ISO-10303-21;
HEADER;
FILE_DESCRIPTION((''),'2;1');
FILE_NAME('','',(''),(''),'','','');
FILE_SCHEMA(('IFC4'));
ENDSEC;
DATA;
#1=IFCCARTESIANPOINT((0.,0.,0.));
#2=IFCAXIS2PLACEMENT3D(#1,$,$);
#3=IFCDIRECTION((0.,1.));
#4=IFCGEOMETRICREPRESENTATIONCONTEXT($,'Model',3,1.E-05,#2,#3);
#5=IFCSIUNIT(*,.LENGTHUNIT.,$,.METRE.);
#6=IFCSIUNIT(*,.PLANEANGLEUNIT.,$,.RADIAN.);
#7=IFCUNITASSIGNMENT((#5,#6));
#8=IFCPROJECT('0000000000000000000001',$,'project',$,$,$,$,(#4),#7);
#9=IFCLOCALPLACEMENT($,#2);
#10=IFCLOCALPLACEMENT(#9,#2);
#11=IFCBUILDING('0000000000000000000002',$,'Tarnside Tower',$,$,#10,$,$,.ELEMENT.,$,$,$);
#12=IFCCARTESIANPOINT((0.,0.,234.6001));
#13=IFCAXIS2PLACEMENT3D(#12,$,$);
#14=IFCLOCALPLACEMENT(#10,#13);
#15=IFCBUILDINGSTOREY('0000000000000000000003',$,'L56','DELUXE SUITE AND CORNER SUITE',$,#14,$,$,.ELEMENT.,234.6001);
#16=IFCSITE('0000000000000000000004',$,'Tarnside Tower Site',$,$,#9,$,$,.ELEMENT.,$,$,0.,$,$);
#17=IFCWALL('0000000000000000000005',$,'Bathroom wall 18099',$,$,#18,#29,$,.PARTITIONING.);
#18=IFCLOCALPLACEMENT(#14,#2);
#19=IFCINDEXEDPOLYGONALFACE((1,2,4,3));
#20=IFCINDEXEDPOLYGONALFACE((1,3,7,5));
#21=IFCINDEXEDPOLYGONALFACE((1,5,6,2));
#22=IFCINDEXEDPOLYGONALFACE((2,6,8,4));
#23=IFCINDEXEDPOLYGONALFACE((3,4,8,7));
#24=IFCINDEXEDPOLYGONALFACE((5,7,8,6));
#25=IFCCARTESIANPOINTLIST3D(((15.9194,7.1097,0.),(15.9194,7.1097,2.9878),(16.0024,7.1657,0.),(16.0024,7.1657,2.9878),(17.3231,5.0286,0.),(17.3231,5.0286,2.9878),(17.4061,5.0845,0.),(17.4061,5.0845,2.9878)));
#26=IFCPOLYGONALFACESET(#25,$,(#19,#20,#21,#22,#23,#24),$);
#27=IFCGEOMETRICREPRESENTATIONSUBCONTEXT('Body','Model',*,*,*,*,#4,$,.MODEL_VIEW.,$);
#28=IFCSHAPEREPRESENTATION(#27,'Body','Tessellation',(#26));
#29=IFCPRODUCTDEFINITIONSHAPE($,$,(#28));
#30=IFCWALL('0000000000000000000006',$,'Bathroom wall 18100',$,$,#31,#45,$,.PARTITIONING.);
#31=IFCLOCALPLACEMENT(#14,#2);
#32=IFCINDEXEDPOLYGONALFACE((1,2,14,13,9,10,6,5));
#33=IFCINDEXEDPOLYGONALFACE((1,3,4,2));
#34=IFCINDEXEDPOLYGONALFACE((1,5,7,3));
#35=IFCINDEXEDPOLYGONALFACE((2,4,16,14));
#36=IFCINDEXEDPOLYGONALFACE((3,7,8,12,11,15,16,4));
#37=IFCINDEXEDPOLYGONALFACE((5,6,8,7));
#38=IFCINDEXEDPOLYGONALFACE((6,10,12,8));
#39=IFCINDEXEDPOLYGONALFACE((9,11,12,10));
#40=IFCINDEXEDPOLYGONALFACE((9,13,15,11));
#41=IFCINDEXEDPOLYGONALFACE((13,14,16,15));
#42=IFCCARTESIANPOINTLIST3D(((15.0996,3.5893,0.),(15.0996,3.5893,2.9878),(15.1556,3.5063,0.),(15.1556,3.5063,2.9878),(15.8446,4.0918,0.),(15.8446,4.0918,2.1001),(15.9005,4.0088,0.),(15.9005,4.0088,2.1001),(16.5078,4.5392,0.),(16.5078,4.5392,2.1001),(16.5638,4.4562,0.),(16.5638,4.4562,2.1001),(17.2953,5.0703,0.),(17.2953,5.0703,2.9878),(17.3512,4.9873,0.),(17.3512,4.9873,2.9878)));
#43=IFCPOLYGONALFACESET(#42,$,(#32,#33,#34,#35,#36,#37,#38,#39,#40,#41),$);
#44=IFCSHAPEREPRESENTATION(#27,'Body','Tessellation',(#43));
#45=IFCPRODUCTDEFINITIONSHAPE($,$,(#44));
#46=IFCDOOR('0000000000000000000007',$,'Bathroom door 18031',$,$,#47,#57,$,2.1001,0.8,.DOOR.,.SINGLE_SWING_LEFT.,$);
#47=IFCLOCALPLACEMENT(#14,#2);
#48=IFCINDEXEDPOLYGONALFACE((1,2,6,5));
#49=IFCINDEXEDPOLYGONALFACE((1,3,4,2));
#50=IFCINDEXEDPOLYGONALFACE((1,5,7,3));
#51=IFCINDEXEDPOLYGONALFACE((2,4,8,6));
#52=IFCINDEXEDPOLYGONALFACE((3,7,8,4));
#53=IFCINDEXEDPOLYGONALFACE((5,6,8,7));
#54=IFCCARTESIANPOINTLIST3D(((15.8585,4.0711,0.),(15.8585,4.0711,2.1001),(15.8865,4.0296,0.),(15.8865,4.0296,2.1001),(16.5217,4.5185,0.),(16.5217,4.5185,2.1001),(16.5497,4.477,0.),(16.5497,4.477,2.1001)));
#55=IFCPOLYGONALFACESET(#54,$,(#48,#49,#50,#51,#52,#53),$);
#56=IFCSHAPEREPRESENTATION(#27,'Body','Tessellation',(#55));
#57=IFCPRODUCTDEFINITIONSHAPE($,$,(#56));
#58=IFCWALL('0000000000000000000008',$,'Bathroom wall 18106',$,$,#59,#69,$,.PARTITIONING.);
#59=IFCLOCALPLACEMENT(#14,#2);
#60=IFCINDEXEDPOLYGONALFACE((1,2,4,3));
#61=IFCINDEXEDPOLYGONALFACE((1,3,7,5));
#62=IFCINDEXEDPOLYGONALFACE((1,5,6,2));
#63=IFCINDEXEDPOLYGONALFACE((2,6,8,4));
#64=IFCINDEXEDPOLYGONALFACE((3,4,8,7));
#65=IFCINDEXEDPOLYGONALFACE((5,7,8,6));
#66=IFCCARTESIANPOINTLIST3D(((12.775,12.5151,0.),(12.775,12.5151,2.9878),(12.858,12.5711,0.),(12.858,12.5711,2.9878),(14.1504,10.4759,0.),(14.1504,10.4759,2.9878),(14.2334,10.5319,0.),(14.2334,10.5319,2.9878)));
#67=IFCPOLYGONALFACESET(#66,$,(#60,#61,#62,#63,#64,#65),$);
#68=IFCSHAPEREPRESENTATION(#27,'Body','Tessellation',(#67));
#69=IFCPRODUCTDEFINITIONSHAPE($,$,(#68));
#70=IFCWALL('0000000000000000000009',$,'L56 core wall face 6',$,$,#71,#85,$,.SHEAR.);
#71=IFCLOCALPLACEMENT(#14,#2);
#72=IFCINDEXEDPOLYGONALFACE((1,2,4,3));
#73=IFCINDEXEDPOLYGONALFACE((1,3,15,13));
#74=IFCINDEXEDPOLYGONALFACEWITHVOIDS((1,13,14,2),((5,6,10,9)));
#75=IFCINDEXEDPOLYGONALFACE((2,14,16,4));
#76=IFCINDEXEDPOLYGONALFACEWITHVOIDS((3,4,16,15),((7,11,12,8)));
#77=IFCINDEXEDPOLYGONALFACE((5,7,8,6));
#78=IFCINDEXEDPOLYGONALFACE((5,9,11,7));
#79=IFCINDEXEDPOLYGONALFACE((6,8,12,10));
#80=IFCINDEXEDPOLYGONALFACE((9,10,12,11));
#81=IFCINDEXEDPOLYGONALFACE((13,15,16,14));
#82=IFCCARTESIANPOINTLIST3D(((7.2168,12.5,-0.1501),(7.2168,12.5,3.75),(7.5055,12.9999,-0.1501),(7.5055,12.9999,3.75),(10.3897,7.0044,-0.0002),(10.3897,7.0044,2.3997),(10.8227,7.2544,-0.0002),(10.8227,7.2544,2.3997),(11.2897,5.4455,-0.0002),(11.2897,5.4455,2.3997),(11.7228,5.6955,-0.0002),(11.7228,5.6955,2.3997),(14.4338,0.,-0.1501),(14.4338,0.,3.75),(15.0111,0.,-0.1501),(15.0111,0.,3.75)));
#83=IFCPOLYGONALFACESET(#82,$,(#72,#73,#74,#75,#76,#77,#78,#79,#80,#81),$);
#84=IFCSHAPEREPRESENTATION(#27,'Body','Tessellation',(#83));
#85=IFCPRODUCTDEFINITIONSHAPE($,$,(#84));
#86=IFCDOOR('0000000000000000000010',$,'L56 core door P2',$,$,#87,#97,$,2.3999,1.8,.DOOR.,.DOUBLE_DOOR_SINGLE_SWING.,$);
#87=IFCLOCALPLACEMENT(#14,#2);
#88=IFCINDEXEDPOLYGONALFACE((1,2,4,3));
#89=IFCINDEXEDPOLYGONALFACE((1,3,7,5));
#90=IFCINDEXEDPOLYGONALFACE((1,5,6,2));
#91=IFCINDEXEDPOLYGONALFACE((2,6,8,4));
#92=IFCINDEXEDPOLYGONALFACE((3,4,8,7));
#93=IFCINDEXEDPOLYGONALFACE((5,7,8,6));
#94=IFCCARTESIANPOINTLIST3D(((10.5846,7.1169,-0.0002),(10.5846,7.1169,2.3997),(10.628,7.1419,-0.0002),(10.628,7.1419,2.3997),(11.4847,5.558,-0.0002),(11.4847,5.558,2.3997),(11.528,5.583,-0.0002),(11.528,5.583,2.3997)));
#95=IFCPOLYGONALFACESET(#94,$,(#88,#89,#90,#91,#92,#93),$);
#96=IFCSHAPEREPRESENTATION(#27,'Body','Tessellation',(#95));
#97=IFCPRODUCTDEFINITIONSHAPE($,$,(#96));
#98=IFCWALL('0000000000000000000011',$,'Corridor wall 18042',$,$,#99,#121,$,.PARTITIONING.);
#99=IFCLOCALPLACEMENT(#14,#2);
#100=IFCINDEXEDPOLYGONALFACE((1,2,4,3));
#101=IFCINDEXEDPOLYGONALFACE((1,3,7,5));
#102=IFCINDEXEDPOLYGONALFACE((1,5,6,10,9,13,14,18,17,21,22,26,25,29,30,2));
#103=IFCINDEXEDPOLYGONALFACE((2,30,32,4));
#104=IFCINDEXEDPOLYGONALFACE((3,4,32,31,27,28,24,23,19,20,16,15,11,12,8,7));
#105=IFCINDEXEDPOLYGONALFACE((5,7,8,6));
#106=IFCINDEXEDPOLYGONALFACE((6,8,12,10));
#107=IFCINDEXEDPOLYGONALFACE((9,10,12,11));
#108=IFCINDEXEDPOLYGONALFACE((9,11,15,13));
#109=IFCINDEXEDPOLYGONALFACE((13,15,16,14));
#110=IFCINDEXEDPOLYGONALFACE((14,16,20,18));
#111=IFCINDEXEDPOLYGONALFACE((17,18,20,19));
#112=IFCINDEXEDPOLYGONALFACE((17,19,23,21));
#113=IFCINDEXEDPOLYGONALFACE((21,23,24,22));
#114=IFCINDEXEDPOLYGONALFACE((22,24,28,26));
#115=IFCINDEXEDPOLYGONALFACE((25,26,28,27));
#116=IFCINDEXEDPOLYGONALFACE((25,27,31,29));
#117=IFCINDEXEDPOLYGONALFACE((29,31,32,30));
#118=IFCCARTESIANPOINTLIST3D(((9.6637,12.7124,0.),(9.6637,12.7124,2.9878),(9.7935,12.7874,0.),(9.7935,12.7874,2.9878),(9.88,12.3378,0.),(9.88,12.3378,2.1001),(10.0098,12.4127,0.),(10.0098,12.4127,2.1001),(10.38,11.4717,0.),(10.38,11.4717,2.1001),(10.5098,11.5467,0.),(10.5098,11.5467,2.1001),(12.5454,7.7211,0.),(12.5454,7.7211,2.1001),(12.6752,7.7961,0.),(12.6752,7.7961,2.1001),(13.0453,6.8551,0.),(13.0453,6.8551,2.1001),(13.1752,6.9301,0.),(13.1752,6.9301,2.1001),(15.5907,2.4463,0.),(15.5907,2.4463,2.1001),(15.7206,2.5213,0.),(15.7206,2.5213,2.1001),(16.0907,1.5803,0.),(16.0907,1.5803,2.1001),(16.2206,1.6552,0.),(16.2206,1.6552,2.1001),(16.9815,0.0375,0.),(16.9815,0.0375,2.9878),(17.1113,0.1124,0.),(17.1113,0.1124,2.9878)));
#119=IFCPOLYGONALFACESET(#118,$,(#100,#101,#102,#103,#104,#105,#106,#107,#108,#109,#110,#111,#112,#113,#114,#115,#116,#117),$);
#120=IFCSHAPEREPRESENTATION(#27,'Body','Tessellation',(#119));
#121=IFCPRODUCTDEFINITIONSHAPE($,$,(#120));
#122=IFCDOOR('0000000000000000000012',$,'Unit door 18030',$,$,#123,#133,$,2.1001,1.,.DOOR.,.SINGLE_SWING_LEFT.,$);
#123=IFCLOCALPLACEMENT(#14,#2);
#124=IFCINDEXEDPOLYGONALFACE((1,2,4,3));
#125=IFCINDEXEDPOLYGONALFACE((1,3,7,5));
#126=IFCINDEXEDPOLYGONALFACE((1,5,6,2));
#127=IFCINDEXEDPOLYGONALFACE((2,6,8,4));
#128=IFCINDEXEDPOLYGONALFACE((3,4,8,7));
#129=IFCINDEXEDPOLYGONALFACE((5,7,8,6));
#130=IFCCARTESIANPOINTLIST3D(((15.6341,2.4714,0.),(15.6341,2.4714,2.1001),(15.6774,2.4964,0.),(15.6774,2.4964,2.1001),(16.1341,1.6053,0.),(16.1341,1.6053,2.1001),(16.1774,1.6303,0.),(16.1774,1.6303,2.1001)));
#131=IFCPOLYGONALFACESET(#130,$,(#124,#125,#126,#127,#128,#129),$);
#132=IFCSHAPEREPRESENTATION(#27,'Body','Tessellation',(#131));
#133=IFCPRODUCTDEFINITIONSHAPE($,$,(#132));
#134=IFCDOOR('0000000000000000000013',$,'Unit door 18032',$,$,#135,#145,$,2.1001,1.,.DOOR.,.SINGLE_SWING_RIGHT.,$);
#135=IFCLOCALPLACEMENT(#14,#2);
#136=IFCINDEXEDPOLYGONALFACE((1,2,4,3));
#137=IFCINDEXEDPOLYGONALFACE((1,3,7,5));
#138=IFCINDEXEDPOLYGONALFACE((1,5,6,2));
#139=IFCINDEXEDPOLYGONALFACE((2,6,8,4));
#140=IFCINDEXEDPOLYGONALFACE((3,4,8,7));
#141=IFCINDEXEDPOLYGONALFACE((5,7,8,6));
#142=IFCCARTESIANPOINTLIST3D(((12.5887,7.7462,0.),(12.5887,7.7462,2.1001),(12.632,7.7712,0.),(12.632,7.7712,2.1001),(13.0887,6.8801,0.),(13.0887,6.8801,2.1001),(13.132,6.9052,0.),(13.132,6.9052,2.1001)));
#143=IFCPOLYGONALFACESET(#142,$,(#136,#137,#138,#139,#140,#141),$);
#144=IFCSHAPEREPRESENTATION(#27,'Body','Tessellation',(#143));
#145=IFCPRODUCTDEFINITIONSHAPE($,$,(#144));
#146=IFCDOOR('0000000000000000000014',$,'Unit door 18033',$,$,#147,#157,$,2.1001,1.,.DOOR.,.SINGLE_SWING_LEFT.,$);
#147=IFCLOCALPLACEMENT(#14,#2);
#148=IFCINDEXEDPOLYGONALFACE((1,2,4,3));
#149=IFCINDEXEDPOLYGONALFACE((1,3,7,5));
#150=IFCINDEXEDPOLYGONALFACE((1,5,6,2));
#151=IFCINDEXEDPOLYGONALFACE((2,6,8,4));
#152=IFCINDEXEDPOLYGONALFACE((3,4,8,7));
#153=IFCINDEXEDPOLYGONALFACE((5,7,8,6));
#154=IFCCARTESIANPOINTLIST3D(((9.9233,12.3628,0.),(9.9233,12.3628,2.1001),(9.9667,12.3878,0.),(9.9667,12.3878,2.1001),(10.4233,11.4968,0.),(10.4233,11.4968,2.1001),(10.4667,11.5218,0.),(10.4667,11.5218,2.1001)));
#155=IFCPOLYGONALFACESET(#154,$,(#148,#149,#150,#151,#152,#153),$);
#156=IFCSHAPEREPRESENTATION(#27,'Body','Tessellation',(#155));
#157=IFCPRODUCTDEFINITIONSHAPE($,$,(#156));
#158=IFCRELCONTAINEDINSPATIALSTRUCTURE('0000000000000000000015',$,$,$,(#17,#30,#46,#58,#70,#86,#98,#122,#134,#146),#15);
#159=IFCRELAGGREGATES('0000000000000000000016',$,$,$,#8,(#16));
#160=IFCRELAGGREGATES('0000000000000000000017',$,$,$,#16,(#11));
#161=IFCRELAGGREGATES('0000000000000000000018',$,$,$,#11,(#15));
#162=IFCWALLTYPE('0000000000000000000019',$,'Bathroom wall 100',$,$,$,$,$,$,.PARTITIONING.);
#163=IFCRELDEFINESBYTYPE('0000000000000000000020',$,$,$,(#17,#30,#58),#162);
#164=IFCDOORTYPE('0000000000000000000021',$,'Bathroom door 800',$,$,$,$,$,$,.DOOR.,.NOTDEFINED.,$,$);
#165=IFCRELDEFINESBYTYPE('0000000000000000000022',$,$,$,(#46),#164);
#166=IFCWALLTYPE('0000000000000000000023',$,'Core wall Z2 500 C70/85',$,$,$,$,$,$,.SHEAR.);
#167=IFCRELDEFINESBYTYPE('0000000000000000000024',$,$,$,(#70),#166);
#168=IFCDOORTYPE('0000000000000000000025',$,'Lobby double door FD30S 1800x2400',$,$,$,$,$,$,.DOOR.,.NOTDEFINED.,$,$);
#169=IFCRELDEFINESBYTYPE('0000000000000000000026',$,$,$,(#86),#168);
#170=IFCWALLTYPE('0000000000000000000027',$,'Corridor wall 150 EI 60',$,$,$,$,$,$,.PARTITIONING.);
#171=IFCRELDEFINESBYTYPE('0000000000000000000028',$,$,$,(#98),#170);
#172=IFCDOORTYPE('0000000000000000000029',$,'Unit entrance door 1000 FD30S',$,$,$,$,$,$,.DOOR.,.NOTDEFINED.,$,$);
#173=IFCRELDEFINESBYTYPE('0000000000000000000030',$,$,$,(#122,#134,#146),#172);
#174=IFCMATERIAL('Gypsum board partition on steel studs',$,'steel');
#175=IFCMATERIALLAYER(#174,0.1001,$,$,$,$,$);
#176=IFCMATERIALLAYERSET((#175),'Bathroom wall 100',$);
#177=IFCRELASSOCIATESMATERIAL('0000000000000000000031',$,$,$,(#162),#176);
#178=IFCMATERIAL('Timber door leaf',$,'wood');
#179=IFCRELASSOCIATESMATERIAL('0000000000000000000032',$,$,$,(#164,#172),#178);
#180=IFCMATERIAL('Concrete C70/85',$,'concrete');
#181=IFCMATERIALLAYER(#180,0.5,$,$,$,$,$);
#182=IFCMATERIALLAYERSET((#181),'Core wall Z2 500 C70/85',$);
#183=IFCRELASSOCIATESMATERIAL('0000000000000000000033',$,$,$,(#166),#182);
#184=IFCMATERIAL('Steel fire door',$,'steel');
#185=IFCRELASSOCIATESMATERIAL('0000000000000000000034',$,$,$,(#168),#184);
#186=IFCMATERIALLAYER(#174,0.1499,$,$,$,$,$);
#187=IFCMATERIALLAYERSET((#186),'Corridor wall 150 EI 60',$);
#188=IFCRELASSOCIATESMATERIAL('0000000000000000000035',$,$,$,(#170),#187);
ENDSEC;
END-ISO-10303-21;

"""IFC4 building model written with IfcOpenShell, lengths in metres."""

from ifc_helpers import new_model, si_unit, direction, frame, frame_2d, origin, place, context, subcontext, project, spatial, polyline, rectangle, outline, extrude, material, layer, layer_set, type_object, element, fill, save


model = new_model("IFC4")

# Units and contexts
model_context = context("Model", 3, precision=1e-05, world=origin(), true_north=direction((0.0, 1.0)))
body_context = subcontext(model_context, "Body", "Model", "MODEL_VIEW")
ifc_project = project(units=[si_unit("LENGTHUNIT", "METRE"), si_unit("PLANEANGLEUNIT", "RADIAN")], contexts=[model_context])

# Site, building, storey
site_placement = place(None, origin())
site = spatial("IfcSite", under=ifc_project, at=site_placement, Name="Tarnside Tower Site", CompositionType="ELEMENT", RefElevation=0.0)
building_placement = place(site_placement, origin())
building = spatial("IfcBuilding", under=site, at=building_placement, Name="Tarnside Tower", CompositionType="ELEMENT")
storey_placement = place(building_placement, frame((0.0, 0.0, 234.6001)))
storey = spatial("IfcBuildingStorey", under=building, at=storey_placement, Name="L56", Description="DELUXE SUITE AND CORNER SUITE", CompositionType="ELEMENT", Elevation=234.6001)

# Wall
ifc_material_1 = material(Name="Gypsum board partition on steel studs", Category="steel")
ifc_layer_1 = layer(ifc_material_1, 0.1001)
ifc_layer_set_1 = layer_set([ifc_layer_1], Name="Bathroom wall 100")
wall_type_1 = type_object("IfcWallType", Name="Bathroom wall 100", PredefinedType="PARTITIONING", material=ifc_layer_set_1)
wall_1_placement = place(storey_placement, frame((15.9609, 7.1377, 0.0), z_axis=(0.0, 0.0, 1.0), x_axis=(0.559159, -0.829061, 0.0)))
element("IfcWall", 1, at=wall_1_placement, inside=storey, type_object=wall_type_1, Name="Bathroom wall 18099", PredefinedType="PARTITIONING", context=body_context, shape_type="SweptSolid", body=[
    extrude(rectangle(XDim=2.5103, YDim=0.1001, at=frame_2d((1.2551, 0.0))), origin(), (0.0, 0.0, 1.0), 2.9878),
])

# Wall, opening, door
wall_2_placement = place(storey_placement, frame((17.3232, 5.0288, 0.0), z_axis=(0.0, 0.0, 1.0), x_axis=(-0.829031, -0.559202, 0.0)))
wall_2 = element("IfcWall", 2, at=wall_2_placement, inside=storey, type_object=wall_type_1, Name="Bathroom wall 18100", PredefinedType="PARTITIONING", context=body_context, shape_type="SweptSolid", body=[
    extrude(rectangle(XDim=2.6484, YDim=0.1001, at=frame_2d((1.3242, 0.0))), origin(), (0.0, 0.0, 1.0), 2.9878),
])
opening_1_placement = place(wall_2_placement, frame((0.95, 0.0, 0.0)))
opening_1 = element("IfcOpeningElement", 3, at=opening_1_placement, cuts=wall_2, PredefinedType="OPENING", context=body_context, shape_type="SweptSolid", body=[
    extrude(rectangle(XDim=0.8, YDim=2.1001, at=frame_2d((0.3999, 1.05))), frame((0.0, 0.0601, 0.0), z_axis=(0.0, -1.0, 0.0), x_axis=(1.0, 0.0, 0.0)), (0.0, 0.0, 1.0), 0.1201),
])
ifc_material_2 = material(Name="Timber door leaf", Category="wood")
door_type_1 = type_object("IfcDoorType", Name="Bathroom door 800", OperationType="NOTDEFINED", PredefinedType="DOOR", material=ifc_material_2)
door_1_placement = place(opening_1_placement, origin())
door_1 = element("IfcDoor", 4, at=door_1_placement, inside=storey, type_object=door_type_1, Name="Bathroom door 18031", OperationType="SINGLE_SWING_LEFT", OverallHeight=2.1001, OverallWidth=0.8, PredefinedType="DOOR", context=body_context, shape_type="SweptSolid", body=[
    extrude(rectangle(XDim=0.8, YDim=2.1001, at=frame_2d((0.3999, 1.05))), frame((0.0, 0.0249, 0.0), z_axis=(0.0, -1.0, 0.0), x_axis=(1.0, 0.0, 0.0)), (0.0, 0.0, 1.0), 0.05),
])
fill(opening_1, door_1)

# Wall
wall_3_placement = place(storey_placement, frame((12.8164, 12.5432, 0.0), z_axis=(0.0, 0.0, 1.0), x_axis=(0.559181, -0.829045, 0.0)))
element("IfcWall", 5, at=wall_3_placement, inside=storey, type_object=wall_type_1, Name="Bathroom wall 18106", PredefinedType="PARTITIONING", context=body_context, shape_type="SweptSolid", body=[
    extrude(rectangle(XDim=2.4597, YDim=0.1001, at=frame_2d((1.23, 0.0))), origin(), (0.0, 0.0, 1.0), 2.9878),
])

# Wall, opening, door
ifc_material_3 = material(Name="Concrete C70/85", Category="concrete")
ifc_layer_2 = layer(ifc_material_3, 0.5)
ifc_layer_set_2 = layer_set([ifc_layer_2], Name="Core wall Z2 500 C70/85")
wall_type_2 = type_object("IfcWallType", Name="Core wall Z2 500 C70/85", PredefinedType="SHEAR", material=ifc_layer_set_2)
wall_4_placement = place(storey_placement, frame((14.7224, 0.0, -0.1501), z_axis=(0.0, 0.0, 1.0), x_axis=(-0.500006, 0.866022, 0.0)))
wall_4 = element("IfcWall", 6, at=wall_4_placement, inside=storey, type_object=wall_type_2, Name="L56 core wall face 6", PredefinedType="SHEAR", context=body_context, shape_type="SweptSolid", body=[
    extrude(outline(polyline([(-0.1443, -0.25), (14.8667, -0.25), (14.5781, 0.25), (0.1443, 0.25), (-0.1443, -0.25)])), origin(), (0.0, 0.0, 1.0), 3.9001),
])
opening_2_placement = place(wall_4_placement, frame((6.4324, 0.0, 0.1499)))
opening_2 = element("IfcOpeningElement", 7, at=opening_2_placement, cuts=wall_4, PredefinedType="OPENING", context=body_context, shape_type="SweptSolid", body=[
    extrude(rectangle(XDim=1.8, YDim=2.3999, at=frame_2d((0.8999, 1.2))), frame((0.0, 0.26, 0.0), z_axis=(0.0, -1.0, 0.0), x_axis=(1.0, 0.0, 0.0)), (0.0, 0.0, 1.0), 0.52),
])
ifc_material_4 = material(Name="Steel fire door", Category="steel")
door_type_2 = type_object("IfcDoorType", Name="Lobby double door FD30S 1800x2400", OperationType="NOTDEFINED", PredefinedType="DOOR", material=ifc_material_4)
door_2_placement = place(opening_2_placement, origin())
door_2 = element("IfcDoor", 8, at=door_2_placement, inside=storey, type_object=door_type_2, Name="L56 core door P2", OperationType="DOUBLE_DOOR_SINGLE_SWING", OverallHeight=2.3999, OverallWidth=1.8, PredefinedType="DOOR", context=body_context, shape_type="SweptSolid", body=[
    extrude(rectangle(XDim=1.8, YDim=2.3999, at=frame_2d((0.8999, 1.2))), frame((0.0, 0.0249, 0.0), z_axis=(0.0, -1.0, 0.0), x_axis=(1.0, 0.0, 0.0)), (0.0, 0.0, 1.0), 0.05),
])
fill(opening_2, door_2)

# Wall, openings, doors
ifc_layer_3 = layer(ifc_material_1, 0.1499)
ifc_layer_set_3 = layer_set([ifc_layer_3], Name="Corridor wall 150 EI 60")
wall_type_3 = type_object("IfcWallType", Name="Corridor wall 150 EI 60", PredefinedType="PARTITIONING", material=ifc_layer_set_3)
wall_5_placement = place(storey_placement, frame((17.0464, 0.075, 0.0), z_axis=(0.0, 0.0, 1.0), x_axis=(-0.499996, 0.866028, 0.0)))
wall_5 = element("IfcWall", 9, at=wall_5_placement, inside=storey, type_object=wall_type_3, Name="Corridor wall 18042", PredefinedType="PARTITIONING", context=body_context, shape_type="SweptSolid", body=[
    extrude(rectangle(XDim=14.6357, YDim=0.1499, at=frame_2d((7.3179, 0.0))), origin(), (0.0, 0.0, 1.0), 2.9878),
])
opening_3_placement = place(wall_5_placement, frame((1.7815, 0.0, 0.0)))
opening_3 = element("IfcOpeningElement", 10, at=opening_3_placement, cuts=wall_5, PredefinedType="OPENING", context=body_context, shape_type="SweptSolid", body=[
    extrude(rectangle(XDim=1.0, YDim=2.1001, at=frame_2d((0.5, 1.05))), frame((0.0, 0.085, 0.0), z_axis=(0.0, -1.0, 0.0), x_axis=(1.0, 0.0, 0.0)), (0.0, 0.0, 1.0), 0.1699),
])
opening_4_placement = place(wall_5_placement, frame((7.8723, 0.0, 0.0)))
opening_4 = element("IfcOpeningElement", 11, at=opening_4_placement, cuts=wall_5, PredefinedType="OPENING", context=body_context, shape_type="SweptSolid", body=[
    extrude(rectangle(XDim=1.0, YDim=2.1001, at=frame_2d((0.5, 1.05))), frame((0.0, 0.085, 0.0), z_axis=(0.0, -1.0, 0.0), x_axis=(1.0, 0.0, 0.0)), (0.0, 0.0, 1.0), 0.1699),
])
opening_5_placement = place(wall_5_placement, frame((13.2031, 0.0, 0.0)))
opening_5 = element("IfcOpeningElement", 12, at=opening_5_placement, cuts=wall_5, PredefinedType="OPENING", context=body_context, shape_type="SweptSolid", body=[
    extrude(rectangle(XDim=1.0, YDim=2.1001, at=frame_2d((0.5, 1.05))), frame((0.0, 0.085, 0.0), z_axis=(0.0, -1.0, 0.0), x_axis=(1.0, 0.0, 0.0)), (0.0, 0.0, 1.0), 0.1699),
])
door_type_3 = type_object("IfcDoorType", Name="Unit entrance door 1000 FD30S", OperationType="NOTDEFINED", PredefinedType="DOOR", material=ifc_material_2)
door_3_placement = place(opening_3_placement, origin())
door_3 = element("IfcDoor", 13, at=door_3_placement, inside=storey, type_object=door_type_3, Name="Unit door 18030", OperationType="SINGLE_SWING_LEFT", OverallHeight=2.1001, OverallWidth=1.0, PredefinedType="DOOR", context=body_context, shape_type="SweptSolid", body=[
    extrude(rectangle(XDim=1.0, YDim=2.1001, at=frame_2d((0.5, 1.05))), frame((0.0, 0.0249, 0.0), z_axis=(0.0, -1.0, 0.0), x_axis=(1.0, 0.0, 0.0)), (0.0, 0.0, 1.0), 0.05),
])
fill(opening_3, door_3)
door_4_placement = place(opening_4_placement, origin())
door_4 = element("IfcDoor", 14, at=door_4_placement, inside=storey, type_object=door_type_3, Name="Unit door 18032", OperationType="SINGLE_SWING_RIGHT", OverallHeight=2.1001, OverallWidth=1.0, PredefinedType="DOOR", context=body_context, shape_type="SweptSolid", body=[
    extrude(rectangle(XDim=1.0, YDim=2.1001, at=frame_2d((0.5, 1.05))), frame((0.0, 0.0249, 0.0), z_axis=(0.0, -1.0, 0.0), x_axis=(1.0, 0.0, 0.0)), (0.0, 0.0, 1.0), 0.05),
])
fill(opening_4, door_4)
door_5_placement = place(opening_5_placement, origin())
door_5 = element("IfcDoor", 15, at=door_5_placement, inside=storey, type_object=door_type_3, Name="Unit door 18033", OperationType="SINGLE_SWING_LEFT", OverallHeight=2.1001, OverallWidth=1.0, PredefinedType="DOOR", context=body_context, shape_type="SweptSolid", body=[
    extrude(rectangle(XDim=1.0, YDim=2.1001, at=frame_2d((0.5, 1.05))), frame((0.0, 0.0249, 0.0), z_axis=(0.0, -1.0, 0.0), x_axis=(1.0, 0.0, 0.0)), (0.0, 0.0, 1.0), 0.05),
])
fill(opening_5, door_5)

save(model, "model.ifc")
